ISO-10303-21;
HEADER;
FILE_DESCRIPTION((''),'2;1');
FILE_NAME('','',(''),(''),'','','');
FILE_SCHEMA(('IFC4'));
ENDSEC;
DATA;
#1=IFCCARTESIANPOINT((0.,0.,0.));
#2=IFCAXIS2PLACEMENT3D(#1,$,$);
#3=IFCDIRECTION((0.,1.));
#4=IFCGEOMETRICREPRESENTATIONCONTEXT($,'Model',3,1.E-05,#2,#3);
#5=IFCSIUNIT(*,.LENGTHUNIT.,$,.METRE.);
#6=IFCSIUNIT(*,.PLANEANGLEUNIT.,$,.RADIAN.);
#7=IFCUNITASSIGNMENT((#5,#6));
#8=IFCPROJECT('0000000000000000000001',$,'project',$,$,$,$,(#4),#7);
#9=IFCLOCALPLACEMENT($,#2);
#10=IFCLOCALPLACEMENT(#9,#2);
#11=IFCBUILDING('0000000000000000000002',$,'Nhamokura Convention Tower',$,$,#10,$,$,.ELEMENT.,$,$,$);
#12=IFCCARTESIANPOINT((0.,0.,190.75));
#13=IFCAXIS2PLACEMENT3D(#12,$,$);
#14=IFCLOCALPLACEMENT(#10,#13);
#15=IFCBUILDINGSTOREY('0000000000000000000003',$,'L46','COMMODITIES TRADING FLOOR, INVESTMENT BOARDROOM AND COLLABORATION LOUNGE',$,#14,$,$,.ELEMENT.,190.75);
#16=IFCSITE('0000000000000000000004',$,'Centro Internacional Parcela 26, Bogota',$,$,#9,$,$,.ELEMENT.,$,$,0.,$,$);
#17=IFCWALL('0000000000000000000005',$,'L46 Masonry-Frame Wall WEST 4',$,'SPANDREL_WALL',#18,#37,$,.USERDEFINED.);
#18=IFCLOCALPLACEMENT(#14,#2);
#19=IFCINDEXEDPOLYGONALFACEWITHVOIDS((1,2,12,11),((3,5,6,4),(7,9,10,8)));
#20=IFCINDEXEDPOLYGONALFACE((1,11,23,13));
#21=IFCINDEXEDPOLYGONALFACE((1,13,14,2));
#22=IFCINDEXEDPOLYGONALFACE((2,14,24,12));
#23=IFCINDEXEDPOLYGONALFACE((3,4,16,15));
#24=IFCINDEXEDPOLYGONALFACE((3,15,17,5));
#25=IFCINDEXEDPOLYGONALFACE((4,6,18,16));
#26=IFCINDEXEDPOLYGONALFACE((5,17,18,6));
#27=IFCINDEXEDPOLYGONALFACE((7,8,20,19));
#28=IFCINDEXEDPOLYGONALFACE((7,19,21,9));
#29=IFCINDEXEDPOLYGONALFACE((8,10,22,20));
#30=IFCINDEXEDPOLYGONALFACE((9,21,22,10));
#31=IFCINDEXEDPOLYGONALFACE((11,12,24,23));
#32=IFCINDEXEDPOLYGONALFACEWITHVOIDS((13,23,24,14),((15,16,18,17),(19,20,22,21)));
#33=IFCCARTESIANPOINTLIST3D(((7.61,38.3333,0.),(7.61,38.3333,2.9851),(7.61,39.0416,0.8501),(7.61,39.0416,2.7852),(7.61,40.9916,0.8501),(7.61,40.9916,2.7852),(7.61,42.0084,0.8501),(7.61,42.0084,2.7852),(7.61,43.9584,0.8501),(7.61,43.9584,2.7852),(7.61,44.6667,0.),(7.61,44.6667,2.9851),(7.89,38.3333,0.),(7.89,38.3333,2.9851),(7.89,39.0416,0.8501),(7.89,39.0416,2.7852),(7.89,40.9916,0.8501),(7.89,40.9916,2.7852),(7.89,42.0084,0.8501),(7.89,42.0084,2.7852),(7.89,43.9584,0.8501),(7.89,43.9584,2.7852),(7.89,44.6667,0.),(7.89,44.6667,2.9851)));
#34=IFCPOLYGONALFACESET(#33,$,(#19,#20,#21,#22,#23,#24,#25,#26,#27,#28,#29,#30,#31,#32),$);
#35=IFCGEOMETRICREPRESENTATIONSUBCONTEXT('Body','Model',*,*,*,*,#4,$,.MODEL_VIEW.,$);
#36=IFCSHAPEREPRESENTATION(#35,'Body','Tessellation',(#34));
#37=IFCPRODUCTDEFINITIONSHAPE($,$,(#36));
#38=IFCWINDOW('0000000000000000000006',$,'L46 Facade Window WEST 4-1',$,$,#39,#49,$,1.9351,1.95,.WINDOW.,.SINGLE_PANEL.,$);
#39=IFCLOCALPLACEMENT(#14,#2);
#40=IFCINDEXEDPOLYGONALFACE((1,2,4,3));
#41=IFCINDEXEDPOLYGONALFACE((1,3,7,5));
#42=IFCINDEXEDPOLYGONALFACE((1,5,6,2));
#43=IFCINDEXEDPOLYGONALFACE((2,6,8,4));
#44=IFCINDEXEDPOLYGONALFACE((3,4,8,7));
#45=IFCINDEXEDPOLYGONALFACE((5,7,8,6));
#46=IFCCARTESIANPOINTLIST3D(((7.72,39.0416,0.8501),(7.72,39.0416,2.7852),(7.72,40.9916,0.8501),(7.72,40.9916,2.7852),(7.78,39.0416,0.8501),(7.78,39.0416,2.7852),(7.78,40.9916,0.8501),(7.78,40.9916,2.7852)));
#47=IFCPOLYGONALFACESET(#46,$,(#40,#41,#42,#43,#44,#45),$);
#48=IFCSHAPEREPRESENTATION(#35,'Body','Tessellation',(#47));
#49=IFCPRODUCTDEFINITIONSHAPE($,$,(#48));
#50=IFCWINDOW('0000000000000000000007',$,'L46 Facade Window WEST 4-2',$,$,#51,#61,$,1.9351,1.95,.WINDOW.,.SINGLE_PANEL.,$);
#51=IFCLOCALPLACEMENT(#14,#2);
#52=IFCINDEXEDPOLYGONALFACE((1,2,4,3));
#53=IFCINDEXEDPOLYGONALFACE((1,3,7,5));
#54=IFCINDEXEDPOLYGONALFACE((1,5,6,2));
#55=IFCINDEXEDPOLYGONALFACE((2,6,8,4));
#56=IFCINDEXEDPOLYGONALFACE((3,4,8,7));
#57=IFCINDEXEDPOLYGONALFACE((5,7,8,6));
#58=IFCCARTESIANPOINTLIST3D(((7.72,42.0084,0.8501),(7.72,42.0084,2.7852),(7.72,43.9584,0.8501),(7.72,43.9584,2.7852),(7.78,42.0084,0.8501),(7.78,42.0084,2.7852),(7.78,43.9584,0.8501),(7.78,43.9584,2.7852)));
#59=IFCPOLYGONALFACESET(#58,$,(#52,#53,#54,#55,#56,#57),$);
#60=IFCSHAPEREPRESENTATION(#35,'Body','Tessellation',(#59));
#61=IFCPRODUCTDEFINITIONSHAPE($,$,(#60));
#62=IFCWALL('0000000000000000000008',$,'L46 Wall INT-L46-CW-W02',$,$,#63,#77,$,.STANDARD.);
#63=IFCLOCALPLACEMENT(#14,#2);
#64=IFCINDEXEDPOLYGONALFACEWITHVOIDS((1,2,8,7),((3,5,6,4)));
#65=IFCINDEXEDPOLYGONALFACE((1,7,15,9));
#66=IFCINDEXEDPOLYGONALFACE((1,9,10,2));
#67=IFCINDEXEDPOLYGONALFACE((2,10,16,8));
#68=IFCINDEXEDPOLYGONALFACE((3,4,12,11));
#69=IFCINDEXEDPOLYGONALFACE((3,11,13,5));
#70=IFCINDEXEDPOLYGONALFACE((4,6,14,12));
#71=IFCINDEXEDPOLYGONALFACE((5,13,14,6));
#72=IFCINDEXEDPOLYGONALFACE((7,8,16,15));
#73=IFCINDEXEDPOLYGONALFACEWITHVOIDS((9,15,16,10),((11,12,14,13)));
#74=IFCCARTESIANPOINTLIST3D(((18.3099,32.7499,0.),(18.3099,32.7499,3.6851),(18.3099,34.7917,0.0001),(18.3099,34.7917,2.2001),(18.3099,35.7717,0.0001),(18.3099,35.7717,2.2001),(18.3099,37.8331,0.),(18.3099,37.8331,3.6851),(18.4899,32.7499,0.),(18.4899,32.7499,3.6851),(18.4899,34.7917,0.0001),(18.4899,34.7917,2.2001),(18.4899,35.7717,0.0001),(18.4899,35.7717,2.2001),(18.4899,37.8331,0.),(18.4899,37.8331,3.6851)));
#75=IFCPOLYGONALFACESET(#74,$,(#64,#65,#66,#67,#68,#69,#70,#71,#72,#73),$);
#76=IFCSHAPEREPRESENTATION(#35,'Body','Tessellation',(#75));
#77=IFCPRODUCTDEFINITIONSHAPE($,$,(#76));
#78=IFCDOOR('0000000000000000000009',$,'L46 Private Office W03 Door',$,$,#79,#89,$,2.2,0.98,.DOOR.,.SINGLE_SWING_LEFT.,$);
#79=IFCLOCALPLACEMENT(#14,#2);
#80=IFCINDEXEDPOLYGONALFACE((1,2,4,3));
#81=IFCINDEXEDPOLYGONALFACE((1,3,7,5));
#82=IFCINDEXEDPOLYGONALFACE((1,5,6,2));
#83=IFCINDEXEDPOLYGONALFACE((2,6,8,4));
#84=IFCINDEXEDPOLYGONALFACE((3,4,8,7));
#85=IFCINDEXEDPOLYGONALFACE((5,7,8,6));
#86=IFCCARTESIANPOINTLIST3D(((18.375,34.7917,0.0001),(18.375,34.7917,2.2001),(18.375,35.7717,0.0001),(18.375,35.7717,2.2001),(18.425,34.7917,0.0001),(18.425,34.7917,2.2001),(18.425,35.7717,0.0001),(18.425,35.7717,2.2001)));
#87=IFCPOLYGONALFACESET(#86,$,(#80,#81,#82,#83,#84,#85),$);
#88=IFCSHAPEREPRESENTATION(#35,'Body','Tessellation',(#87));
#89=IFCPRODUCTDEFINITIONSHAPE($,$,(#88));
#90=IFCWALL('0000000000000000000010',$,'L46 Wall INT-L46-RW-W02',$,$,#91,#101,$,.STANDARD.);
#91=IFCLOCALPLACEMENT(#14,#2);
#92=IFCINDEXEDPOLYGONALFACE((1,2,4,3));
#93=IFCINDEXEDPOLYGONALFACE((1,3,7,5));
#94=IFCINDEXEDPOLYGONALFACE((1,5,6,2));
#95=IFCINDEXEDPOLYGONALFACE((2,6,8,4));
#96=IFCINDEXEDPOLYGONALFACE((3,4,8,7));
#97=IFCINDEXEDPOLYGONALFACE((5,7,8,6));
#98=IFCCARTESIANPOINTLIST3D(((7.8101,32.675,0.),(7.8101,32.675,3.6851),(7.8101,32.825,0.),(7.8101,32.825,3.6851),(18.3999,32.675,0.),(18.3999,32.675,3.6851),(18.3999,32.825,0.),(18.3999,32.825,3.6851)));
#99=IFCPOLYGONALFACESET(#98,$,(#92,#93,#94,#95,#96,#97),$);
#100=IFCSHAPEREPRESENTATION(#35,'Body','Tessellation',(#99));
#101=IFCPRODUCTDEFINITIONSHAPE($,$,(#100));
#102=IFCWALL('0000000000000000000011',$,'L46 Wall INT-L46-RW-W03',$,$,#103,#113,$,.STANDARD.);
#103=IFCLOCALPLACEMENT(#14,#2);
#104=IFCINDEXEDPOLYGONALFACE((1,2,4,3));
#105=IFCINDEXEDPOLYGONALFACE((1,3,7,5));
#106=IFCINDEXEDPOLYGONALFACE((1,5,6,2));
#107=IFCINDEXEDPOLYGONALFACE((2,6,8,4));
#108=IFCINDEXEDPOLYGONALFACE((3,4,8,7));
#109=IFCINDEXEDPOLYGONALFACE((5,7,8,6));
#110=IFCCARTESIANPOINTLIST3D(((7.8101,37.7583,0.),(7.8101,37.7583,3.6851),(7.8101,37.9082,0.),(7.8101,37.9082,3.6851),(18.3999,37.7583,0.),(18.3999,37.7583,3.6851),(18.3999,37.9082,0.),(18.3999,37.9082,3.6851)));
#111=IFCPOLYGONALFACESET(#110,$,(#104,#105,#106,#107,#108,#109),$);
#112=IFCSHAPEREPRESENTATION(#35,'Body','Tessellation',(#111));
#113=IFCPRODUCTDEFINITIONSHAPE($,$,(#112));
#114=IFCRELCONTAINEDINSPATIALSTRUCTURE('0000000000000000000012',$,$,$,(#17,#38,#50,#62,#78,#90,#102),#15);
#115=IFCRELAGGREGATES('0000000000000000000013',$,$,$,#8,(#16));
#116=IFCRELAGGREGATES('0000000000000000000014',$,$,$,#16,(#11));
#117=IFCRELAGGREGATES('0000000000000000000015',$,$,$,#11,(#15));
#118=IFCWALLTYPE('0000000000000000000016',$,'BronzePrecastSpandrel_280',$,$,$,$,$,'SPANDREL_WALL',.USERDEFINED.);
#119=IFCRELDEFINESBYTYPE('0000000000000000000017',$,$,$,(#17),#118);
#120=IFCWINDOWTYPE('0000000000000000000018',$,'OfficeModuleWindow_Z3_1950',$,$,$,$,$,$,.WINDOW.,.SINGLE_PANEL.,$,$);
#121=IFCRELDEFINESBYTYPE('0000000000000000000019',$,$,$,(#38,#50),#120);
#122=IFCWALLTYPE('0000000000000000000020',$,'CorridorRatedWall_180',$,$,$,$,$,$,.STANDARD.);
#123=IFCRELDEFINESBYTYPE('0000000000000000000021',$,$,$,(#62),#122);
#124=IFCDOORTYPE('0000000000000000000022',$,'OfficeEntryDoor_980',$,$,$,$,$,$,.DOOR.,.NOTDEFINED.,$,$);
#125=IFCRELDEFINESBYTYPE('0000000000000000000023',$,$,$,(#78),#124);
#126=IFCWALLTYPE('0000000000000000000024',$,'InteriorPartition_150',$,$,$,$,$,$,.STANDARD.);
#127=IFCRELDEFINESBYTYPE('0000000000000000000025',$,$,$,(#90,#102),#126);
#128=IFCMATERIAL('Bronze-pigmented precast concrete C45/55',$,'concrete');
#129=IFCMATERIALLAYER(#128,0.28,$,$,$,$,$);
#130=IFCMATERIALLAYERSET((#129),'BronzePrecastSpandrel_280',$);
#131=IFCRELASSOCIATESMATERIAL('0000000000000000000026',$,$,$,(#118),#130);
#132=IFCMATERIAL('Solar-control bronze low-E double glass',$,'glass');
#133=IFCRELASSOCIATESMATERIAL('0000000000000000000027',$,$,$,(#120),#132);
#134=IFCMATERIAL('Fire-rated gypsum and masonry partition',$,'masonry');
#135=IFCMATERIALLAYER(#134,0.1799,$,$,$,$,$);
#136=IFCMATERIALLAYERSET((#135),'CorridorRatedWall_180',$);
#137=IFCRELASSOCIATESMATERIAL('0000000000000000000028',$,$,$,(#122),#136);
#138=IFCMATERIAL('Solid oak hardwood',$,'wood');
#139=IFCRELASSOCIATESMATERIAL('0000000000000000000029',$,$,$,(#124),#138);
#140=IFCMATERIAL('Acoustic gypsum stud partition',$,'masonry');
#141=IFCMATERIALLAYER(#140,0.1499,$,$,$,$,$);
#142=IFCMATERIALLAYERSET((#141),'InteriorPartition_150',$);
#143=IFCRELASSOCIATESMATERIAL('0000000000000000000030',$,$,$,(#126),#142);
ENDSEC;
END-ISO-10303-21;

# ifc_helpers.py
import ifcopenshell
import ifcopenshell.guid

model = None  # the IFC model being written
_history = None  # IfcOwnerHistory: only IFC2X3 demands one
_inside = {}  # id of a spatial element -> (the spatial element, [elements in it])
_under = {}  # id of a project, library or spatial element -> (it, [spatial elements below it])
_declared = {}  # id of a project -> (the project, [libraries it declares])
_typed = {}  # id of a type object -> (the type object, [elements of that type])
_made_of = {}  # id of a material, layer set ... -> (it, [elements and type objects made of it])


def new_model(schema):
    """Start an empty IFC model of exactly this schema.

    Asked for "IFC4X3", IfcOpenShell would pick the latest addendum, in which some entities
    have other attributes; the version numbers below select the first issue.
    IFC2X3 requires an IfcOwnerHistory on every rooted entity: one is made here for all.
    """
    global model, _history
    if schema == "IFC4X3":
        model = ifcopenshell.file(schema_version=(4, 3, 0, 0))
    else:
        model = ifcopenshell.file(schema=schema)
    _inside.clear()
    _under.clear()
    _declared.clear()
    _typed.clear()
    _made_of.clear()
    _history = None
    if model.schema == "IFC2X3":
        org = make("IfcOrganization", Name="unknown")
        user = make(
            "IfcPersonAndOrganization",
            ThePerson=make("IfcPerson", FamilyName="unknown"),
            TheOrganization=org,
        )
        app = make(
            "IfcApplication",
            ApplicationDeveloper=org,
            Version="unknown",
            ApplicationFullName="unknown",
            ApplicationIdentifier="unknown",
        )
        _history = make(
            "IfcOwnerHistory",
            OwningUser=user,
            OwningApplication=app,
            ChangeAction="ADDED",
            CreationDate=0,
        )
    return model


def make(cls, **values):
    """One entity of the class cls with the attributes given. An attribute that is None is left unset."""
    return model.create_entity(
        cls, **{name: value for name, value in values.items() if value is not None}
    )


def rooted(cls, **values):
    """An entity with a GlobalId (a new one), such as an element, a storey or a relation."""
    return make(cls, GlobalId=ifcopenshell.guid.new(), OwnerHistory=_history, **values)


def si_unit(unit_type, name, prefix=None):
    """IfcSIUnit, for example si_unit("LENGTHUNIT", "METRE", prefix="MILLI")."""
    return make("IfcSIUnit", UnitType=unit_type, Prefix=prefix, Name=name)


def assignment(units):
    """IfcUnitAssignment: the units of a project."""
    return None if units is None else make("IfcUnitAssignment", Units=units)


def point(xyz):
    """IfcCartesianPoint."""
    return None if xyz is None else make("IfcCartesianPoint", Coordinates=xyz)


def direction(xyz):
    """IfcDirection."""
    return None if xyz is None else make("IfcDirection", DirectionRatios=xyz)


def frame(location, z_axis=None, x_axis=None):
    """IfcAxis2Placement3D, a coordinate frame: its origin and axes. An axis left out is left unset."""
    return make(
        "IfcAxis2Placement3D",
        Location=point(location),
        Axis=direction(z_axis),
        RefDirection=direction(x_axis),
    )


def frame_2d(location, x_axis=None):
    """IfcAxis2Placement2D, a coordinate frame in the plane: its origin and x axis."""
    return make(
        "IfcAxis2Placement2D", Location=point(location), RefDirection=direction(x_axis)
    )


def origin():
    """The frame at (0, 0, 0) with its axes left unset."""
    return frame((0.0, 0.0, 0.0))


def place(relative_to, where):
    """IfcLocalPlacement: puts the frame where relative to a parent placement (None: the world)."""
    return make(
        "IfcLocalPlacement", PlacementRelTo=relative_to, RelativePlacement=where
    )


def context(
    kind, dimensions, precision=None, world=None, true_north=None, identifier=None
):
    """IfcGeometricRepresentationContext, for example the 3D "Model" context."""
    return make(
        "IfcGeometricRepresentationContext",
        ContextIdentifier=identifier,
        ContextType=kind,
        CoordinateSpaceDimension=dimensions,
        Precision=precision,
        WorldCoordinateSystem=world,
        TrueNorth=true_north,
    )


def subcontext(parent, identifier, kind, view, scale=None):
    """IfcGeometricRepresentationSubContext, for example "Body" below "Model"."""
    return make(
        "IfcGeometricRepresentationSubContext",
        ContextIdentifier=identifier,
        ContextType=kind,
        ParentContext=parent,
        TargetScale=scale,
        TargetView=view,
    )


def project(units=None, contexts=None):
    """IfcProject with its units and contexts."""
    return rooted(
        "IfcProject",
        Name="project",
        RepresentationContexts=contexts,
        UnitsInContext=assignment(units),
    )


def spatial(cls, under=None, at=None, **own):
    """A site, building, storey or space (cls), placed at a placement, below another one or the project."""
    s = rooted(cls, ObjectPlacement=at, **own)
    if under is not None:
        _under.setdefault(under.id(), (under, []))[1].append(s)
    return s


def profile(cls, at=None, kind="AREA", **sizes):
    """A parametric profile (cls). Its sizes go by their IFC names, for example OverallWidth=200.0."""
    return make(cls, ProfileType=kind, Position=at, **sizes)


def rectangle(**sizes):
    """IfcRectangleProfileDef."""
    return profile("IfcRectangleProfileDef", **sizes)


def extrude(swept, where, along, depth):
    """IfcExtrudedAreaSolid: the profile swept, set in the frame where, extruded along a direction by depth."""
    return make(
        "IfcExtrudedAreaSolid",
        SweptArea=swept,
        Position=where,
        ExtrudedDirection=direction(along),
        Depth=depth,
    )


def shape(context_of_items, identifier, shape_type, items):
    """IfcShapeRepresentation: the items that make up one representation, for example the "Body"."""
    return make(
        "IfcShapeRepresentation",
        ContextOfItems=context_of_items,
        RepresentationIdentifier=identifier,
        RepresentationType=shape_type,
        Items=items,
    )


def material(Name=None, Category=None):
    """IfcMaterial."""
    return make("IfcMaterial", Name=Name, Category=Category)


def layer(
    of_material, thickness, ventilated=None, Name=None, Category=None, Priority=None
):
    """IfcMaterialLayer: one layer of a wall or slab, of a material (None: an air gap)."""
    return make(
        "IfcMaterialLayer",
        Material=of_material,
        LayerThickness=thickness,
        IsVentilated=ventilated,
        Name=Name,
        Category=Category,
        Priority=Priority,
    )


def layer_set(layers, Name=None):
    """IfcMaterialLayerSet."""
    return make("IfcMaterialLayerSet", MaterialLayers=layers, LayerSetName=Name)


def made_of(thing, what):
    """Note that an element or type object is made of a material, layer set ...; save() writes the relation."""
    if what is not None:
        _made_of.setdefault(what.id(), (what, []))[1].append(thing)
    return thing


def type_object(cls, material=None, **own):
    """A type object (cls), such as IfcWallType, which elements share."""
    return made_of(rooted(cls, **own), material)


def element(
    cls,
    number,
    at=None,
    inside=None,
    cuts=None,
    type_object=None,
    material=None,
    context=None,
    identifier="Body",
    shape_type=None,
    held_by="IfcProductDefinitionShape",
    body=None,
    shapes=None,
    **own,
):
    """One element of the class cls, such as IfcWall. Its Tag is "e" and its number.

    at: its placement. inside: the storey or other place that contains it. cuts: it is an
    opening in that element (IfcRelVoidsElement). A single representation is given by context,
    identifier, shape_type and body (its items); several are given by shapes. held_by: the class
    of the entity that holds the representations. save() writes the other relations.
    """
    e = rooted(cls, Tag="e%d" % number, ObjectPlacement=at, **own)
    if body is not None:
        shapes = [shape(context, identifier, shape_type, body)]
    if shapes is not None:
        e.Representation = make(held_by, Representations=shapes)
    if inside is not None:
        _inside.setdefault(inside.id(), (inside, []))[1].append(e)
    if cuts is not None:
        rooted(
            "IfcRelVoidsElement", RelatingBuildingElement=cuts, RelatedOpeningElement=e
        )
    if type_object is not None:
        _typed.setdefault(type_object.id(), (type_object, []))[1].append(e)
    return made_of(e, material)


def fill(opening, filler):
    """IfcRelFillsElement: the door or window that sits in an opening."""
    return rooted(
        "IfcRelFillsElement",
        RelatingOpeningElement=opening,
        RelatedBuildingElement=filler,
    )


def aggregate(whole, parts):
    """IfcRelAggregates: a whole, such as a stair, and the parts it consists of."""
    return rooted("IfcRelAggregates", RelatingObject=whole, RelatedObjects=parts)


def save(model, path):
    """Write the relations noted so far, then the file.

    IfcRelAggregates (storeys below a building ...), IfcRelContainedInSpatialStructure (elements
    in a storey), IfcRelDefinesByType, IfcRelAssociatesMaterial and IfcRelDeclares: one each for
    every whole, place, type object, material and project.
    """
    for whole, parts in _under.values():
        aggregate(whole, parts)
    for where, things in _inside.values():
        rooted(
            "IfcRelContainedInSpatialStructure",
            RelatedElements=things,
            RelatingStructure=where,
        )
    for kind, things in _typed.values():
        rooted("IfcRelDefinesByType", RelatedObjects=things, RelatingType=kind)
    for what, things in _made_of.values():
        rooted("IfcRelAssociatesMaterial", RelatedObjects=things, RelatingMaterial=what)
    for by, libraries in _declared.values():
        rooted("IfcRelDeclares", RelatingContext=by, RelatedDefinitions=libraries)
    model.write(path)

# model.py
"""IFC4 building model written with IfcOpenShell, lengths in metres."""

from ifc_helpers import new_model, si_unit, direction, frame, frame_2d, origin, place, context, subcontext, project, spatial, rectangle, extrude, material, layer, layer_set, type_object, element, fill, save


model = new_model("IFC4")

# Units and contexts
model_context = context("Model", 3, precision=1e-05, world=origin(), true_north=direction((0.0, 1.0)))
body_context = subcontext(model_context, "Body", "Model", "MODEL_VIEW")
ifc_project = project(units=[si_unit("LENGTHUNIT", "METRE"), si_unit("PLANEANGLEUNIT", "RADIAN")], contexts=[model_context])

# Site, building, storey
site_placement = place(None, origin())
site = spatial("IfcSite", under=ifc_project, at=site_placement, Name="Centro Internacional Parcela 26, Bogota", CompositionType="ELEMENT", RefElevation=0.0)
building_placement = place(site_placement, origin())
building = spatial("IfcBuilding", under=site, at=building_placement, Name="Nhamokura Convention Tower", CompositionType="ELEMENT")
storey_placement = place(building_placement, frame((0.0, 0.0, 190.75)))
storey = spatial("IfcBuildingStorey", under=building, at=storey_placement, Name="L46", Description="COMMODITIES TRADING FLOOR, INVESTMENT BOARDROOM AND COLLABORATION LOUNGE", CompositionType="ELEMENT", Elevation=190.75)

# Shared definitions
ifc_material_1 = material(Name="Bronze-pigmented precast concrete C45/55", Category="concrete")
ifc_layer_1 = layer(ifc_material_1, 0.28)
ifc_layer_set_1 = layer_set([ifc_layer_1], Name="BronzePrecastSpandrel_280")
wall_type_1 = type_object("IfcWallType", Name="BronzePrecastSpandrel_280", ElementType="SPANDREL_WALL", PredefinedType="USERDEFINED", material=ifc_layer_set_1)

# Wall, openings, windows
wall_1_placement = place(storey_placement, frame((7.75, 38.3333, 0.0), z_axis=(0.0, 0.0, 1.0), x_axis=(0.0, 1.0, 0.0)))
wall_1 = element("IfcWall", 1, at=wall_1_placement, inside=storey, type_object=wall_type_1, Name="L46 Masonry-Frame Wall WEST 4", ObjectType="SPANDREL_WALL", PredefinedType="USERDEFINED", context=body_context, shape_type="SweptSolid", body=[
    extrude(rectangle(XDim=6.3335, YDim=0.28, at=frame_2d((3.1667, 0.0))), origin(), (0.0, 0.0, 1.0), 2.9851),
])
opening_1_placement = place(wall_1_placement, frame((0.7083, 0.0, 0.8501)))
opening_1 = element("IfcOpeningElement", 2, at=opening_1_placement, cuts=wall_1, PredefinedType="OPENING", context=body_context, shape_type="SweptSolid", body=[
    extrude(rectangle(XDim=1.95, YDim=1.9351, at=frame_2d((0.9751, 0.9675))), frame((0.0, 0.1499, 0.0), z_axis=(0.0, -1.0, 0.0), x_axis=(1.0, 0.0, 0.0)), (0.0, 0.0, 1.0), 0.3),
])
opening_2_placement = place(wall_1_placement, frame((3.675, 0.0, 0.8501)))
opening_2 = element("IfcOpeningElement", 3, at=opening_2_placement, cuts=wall_1, PredefinedType="OPENING", context=body_context, shape_type="SweptSolid", body=[
    extrude(rectangle(XDim=1.95, YDim=1.9351, at=frame_2d((0.9751, 0.9675))), frame((0.0, 0.1499, 0.0), z_axis=(0.0, -1.0, 0.0), x_axis=(1.0, 0.0, 0.0)), (0.0, 0.0, 1.0), 0.3),
])
ifc_material_2 = material(Name="Solar-control bronze low-E double glass", Category="glass")
window_type_1 = type_object("IfcWindowType", Name="OfficeModuleWindow_Z3_1950", PartitioningType="SINGLE_PANEL", PredefinedType="WINDOW", material=ifc_material_2)
window_1_placement = place(opening_1_placement, origin())
window_1 = element("IfcWindow", 4, at=window_1_placement, inside=storey, type_object=window_type_1, Name="L46 Facade Window WEST 4-1", OverallHeight=1.9351, OverallWidth=1.95, PartitioningType="SINGLE_PANEL", PredefinedType="WINDOW", context=body_context, shape_type="SweptSolid", body=[
    extrude(rectangle(XDim=1.95, YDim=1.9351, at=frame_2d((0.9751, 0.9675))), frame((0.0, 0.03, 0.0), z_axis=(0.0, -1.0, 0.0), x_axis=(1.0, 0.0, 0.0)), (0.0, 0.0, 1.0), 0.0601),
])
fill(opening_1, window_1)
window_2_placement = place(opening_2_placement, origin())
window_2 = element("IfcWindow", 5, at=window_2_placement, inside=storey, type_object=window_type_1, Name="L46 Facade Window WEST 4-2", OverallHeight=1.9351, OverallWidth=1.95, PartitioningType="SINGLE_PANEL", PredefinedType="WINDOW", context=body_context, shape_type="SweptSolid", body=[
    extrude(rectangle(XDim=1.95, YDim=1.9351, at=frame_2d((0.9751, 0.9675))), frame((0.0, 0.03, 0.0), z_axis=(0.0, -1.0, 0.0), x_axis=(1.0, 0.0, 0.0)), (0.0, 0.0, 1.0), 0.0601),
])
fill(opening_2, window_2)

# Wall, opening, door
ifc_material_3 = material(Name="Fire-rated gypsum and masonry partition", Category="masonry")
ifc_layer_2 = layer(ifc_material_3, 0.1799)
ifc_layer_set_2 = layer_set([ifc_layer_2], Name="CorridorRatedWall_180")
wall_type_2 = type_object("IfcWallType", Name="CorridorRatedWall_180", PredefinedType="STANDARD", material=ifc_layer_set_2)
wall_2_placement = place(storey_placement, frame((18.3999, 32.75, 0.0), z_axis=(0.0, 0.0, 1.0), x_axis=(0.0, 1.0, 0.0)))
wall_2 = element("IfcWall", 6, at=wall_2_placement, inside=storey, type_object=wall_type_2, Name="L46 Wall INT-L46-CW-W02", PredefinedType="STANDARD", context=body_context, shape_type="SweptSolid", body=[
    extrude(rectangle(XDim=5.0833, YDim=0.1799, at=frame_2d((2.5415, 0.0))), origin(), (0.0, 0.0, 1.0), 3.6851),
])
opening_3_placement = place(wall_2_placement, frame((2.0417, 0.0, 0.0)))
opening_3 = element("IfcOpeningElement", 7, at=opening_3_placement, cuts=wall_2, PredefinedType="OPENING", context=body_context, shape_type="SweptSolid", body=[
    extrude(rectangle(XDim=0.98, YDim=2.2, at=frame_2d((0.49, 1.1001))), frame((0.0, 0.0999, 0.0), z_axis=(0.0, -1.0, 0.0), x_axis=(1.0, 0.0, 0.0)), (0.0, 0.0, 1.0), 0.2),
])
ifc_material_4 = material(Name="Solid oak hardwood", Category="wood")
door_type = type_object("IfcDoorType", Name="OfficeEntryDoor_980", OperationType="NOTDEFINED", PredefinedType="DOOR", material=ifc_material_4)
door_placement = place(opening_3_placement, origin())
door = element("IfcDoor", 8, at=door_placement, inside=storey, type_object=door_type, Name="L46 Private Office W03 Door", OperationType="SINGLE_SWING_LEFT", OverallHeight=2.2, OverallWidth=0.98, PredefinedType="DOOR", context=body_context, shape_type="SweptSolid", body=[
    extrude(rectangle(XDim=0.98, YDim=2.2, at=frame_2d((0.49, 1.1001))), frame((0.0, 0.0249, 0.0), z_axis=(0.0, -1.0, 0.0), x_axis=(1.0, 0.0, 0.0)), (0.0, 0.0, 1.0), 0.05),
])
fill(opening_3, door)

# Walls
ifc_material_5 = material(Name="Acoustic gypsum stud partition", Category="masonry")
ifc_layer_3 = layer(ifc_material_5, 0.1499)
ifc_layer_set_3 = layer_set([ifc_layer_3], Name="InteriorPartition_150")
wall_type_3 = type_object("IfcWallType", Name="InteriorPartition_150", PredefinedType="STANDARD", material=ifc_layer_set_3)
for number, where, z_axis, x_axis, name in (
    (9, (7.8101, 32.75, 0.0), (0.0, 0.0, 1.0), (1.0, 0.0, 0.0), "L46 Wall INT-L46-RW-W02"),
    (10, (7.8101, 37.8333, 0.0), (0.0, 0.0, 1.0), (1.0, 0.0, 0.0), "L46 Wall INT-L46-RW-W03"),
):
    element("IfcWall", number, at=place(storey_placement, frame(where, z_axis=z_axis, x_axis=x_axis)), inside=storey, type_object=wall_type_3, Name=name, PredefinedType="STANDARD", context=body_context, shape_type="SweptSolid", body=[
        extrude(rectangle(XDim=10.5898, YDim=0.1499, at=frame_2d((5.2949, 0.0))), origin(), (0.0, 0.0, 1.0), 3.6851),
    ])

save(model, "model.ifc")
